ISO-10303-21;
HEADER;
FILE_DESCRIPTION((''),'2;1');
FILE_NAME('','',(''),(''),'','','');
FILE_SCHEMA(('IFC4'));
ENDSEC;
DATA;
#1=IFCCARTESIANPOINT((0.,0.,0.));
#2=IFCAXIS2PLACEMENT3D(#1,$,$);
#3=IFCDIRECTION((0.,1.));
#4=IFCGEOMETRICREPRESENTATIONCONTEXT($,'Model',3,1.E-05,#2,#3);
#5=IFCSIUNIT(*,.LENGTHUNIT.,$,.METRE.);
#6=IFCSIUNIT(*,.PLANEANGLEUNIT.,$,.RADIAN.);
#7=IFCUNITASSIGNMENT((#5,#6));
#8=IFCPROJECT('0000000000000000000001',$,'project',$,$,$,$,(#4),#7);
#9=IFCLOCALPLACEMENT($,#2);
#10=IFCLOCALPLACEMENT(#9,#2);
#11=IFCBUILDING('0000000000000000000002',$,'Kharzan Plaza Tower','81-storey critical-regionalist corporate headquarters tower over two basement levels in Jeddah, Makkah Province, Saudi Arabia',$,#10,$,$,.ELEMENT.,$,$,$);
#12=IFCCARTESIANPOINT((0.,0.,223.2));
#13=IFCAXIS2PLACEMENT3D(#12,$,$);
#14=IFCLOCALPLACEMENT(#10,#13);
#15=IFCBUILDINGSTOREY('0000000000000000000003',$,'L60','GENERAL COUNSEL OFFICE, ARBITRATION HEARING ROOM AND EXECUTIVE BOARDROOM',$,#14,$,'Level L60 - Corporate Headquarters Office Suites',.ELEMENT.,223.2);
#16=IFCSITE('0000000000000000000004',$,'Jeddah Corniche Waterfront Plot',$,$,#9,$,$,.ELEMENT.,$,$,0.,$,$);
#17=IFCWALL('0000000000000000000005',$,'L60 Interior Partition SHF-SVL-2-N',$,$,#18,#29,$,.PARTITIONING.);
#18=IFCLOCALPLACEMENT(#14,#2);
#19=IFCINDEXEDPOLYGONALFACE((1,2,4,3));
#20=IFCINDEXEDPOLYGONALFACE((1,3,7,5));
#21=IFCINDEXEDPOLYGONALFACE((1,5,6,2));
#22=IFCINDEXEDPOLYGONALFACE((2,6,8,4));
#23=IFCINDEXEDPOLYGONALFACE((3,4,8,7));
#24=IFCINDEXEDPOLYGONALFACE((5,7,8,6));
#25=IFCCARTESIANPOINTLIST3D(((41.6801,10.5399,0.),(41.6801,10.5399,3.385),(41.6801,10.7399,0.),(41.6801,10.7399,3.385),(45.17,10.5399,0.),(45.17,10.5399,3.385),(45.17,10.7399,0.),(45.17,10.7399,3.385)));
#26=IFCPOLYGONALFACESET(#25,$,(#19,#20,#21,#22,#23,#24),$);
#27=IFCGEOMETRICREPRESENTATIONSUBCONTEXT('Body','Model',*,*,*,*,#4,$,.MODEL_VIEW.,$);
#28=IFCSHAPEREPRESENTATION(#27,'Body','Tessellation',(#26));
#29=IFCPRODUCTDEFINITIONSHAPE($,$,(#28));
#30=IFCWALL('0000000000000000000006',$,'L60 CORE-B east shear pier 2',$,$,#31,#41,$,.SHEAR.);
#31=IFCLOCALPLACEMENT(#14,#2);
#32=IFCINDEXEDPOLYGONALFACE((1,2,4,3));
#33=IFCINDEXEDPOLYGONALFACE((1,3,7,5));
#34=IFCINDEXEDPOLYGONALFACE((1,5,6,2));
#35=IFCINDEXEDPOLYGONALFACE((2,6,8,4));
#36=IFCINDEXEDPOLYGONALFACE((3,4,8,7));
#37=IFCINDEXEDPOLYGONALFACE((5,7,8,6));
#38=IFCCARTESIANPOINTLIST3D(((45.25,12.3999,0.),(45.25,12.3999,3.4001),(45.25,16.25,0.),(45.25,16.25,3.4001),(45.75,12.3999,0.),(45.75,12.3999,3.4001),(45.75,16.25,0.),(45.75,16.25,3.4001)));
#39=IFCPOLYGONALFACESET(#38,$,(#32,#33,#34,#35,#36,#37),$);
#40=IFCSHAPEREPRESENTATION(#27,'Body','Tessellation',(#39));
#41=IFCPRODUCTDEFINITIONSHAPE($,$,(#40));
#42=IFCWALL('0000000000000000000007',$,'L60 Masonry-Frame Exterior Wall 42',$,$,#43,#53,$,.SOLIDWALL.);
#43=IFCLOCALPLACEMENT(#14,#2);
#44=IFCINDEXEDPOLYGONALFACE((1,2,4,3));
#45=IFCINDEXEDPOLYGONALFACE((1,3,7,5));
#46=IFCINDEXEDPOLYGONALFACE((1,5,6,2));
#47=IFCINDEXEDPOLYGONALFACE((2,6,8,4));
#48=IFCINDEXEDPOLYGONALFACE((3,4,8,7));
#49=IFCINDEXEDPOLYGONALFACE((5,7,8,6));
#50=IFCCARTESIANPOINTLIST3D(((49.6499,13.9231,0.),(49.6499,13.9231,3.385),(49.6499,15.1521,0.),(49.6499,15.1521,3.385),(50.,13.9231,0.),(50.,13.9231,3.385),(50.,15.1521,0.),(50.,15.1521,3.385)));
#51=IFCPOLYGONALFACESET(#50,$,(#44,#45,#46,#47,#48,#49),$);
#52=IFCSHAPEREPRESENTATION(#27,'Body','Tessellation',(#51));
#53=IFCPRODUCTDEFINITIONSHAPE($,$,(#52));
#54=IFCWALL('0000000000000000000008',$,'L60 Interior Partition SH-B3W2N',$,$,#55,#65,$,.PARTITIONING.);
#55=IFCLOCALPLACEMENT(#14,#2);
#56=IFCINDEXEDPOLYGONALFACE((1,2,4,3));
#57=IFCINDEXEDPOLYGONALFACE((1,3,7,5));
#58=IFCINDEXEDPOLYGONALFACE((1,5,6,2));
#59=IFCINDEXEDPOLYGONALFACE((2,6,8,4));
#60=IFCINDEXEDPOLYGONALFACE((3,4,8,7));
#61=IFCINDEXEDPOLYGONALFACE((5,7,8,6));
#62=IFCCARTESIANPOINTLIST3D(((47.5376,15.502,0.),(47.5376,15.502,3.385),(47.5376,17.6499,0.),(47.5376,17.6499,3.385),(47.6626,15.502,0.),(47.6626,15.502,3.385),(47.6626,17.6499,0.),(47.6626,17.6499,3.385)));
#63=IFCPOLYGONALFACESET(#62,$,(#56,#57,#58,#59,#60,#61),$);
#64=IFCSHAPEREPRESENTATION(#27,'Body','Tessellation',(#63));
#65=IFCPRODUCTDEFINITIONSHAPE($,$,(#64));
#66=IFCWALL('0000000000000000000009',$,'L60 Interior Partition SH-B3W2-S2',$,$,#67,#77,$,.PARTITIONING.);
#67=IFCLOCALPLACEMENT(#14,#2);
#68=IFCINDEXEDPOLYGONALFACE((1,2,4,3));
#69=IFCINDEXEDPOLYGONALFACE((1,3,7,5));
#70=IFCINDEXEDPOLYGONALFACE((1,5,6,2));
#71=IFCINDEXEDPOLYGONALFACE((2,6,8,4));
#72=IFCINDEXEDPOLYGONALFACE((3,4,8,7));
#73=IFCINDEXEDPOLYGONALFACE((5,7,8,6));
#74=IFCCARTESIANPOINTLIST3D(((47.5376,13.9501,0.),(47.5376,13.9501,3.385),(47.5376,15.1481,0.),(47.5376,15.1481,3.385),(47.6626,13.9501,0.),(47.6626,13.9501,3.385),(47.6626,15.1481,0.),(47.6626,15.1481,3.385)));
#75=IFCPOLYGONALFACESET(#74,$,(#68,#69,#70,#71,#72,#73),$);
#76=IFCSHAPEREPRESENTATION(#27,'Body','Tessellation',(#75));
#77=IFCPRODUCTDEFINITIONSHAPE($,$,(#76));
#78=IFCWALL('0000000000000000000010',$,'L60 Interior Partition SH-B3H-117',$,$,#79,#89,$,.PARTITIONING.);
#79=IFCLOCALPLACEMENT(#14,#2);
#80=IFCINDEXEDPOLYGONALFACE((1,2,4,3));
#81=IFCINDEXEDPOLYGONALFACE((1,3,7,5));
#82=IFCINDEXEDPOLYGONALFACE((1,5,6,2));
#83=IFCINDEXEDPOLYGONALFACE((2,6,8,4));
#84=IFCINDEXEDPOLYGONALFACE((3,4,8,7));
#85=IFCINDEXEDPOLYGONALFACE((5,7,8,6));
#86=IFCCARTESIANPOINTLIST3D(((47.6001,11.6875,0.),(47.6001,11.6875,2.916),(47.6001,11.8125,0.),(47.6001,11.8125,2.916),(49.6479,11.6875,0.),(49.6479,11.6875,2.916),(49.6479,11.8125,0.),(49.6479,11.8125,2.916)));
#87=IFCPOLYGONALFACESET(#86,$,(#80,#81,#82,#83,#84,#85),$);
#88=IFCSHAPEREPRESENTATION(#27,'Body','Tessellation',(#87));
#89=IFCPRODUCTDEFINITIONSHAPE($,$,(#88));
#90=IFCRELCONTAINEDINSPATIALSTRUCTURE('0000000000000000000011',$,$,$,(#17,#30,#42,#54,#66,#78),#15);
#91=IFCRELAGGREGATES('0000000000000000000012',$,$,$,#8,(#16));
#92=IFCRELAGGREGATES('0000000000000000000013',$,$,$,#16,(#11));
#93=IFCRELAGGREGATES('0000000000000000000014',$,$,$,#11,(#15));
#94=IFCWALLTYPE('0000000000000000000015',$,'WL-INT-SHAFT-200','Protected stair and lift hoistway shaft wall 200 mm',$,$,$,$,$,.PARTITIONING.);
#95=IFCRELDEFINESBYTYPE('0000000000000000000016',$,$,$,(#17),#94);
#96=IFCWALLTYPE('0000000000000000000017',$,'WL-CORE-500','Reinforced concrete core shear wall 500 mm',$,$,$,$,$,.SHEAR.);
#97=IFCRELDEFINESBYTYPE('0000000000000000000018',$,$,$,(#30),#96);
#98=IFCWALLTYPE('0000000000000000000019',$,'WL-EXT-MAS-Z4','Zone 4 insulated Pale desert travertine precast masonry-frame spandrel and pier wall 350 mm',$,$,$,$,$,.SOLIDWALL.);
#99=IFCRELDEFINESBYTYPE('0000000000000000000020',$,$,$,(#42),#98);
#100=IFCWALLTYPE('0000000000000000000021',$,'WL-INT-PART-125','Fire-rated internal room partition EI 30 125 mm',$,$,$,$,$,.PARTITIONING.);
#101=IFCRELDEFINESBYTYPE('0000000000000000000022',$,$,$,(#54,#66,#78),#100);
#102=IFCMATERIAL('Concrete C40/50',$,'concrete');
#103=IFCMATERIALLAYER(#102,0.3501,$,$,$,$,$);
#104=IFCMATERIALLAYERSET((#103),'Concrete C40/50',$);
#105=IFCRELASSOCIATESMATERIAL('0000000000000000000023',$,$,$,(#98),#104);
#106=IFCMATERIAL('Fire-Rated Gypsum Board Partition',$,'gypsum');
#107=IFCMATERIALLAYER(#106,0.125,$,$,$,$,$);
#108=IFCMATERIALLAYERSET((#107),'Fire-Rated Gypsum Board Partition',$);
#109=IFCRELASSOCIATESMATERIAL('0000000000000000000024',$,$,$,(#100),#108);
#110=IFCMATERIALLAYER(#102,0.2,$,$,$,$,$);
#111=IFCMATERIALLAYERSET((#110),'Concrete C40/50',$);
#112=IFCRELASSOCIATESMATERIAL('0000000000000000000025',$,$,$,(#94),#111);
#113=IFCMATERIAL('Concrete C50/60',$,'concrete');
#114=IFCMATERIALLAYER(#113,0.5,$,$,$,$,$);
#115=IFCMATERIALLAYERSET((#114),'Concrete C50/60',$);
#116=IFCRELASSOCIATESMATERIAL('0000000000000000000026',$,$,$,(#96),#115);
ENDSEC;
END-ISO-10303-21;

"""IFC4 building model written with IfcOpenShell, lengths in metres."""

from ifc_helpers import new_model, si_unit, direction, frame, frame_2d, origin, place, context, subcontext, project, spatial, rectangle, extrude, source, transform, mapped, material, layer, layer_set, type_object, element, save


model = new_model("IFC4")

# Units and contexts
model_context = context("Model", 3, precision=1e-05, world=origin(), true_north=direction((0.0, 1.0)))
body_context = subcontext(model_context, "Body", "Model", "MODEL_VIEW")
ifc_project = project(units=[si_unit("LENGTHUNIT", "METRE"), si_unit("PLANEANGLEUNIT", "RADIAN")], contexts=[model_context])

# Site, building, storey
site_placement = place(None, origin())
site = spatial("IfcSite", under=ifc_project, at=site_placement, Name="Jeddah Corniche Waterfront Plot", CompositionType="ELEMENT", RefElevation=0.0)
building_placement = place(site_placement, origin())
building = spatial("IfcBuilding", under=site, at=building_placement, Name="Kharzan Plaza Tower", Description="81-storey critical-regionalist corporate headquarters tower over two basement levels in Jeddah, Makkah Province, Saudi Arabia", CompositionType="ELEMENT")
storey_placement = place(building_placement, frame((0.0, 0.0, 223.2)))
storey = spatial("IfcBuildingStorey", under=building, at=storey_placement, Name="L60", Description="GENERAL COUNSEL OFFICE, ARBITRATION HEARING ROOM AND EXECUTIVE BOARDROOM", LongName="Level L60 - Corporate Headquarters Office Suites", CompositionType="ELEMENT", Elevation=223.2)

# Shared definitions
ifc_material_1 = material(Name="Concrete C50/60", Category="concrete")

# Shared definitions
ifc_material_2 = material(Name="Concrete C40/50", Category="concrete")
ifc_layer_1 = layer(ifc_material_2, 0.3501)
ifc_layer_set_1 = layer_set([ifc_layer_1], Name="Concrete C40/50")
wall_type_1 = type_object("IfcWallType", Name="WL-EXT-MAS-Z4", Description="Zone 4 insulated Pale desert travertine precast masonry-frame spandrel and pier wall 350 mm", PredefinedType="SOLIDWALL", material=ifc_layer_set_1)

# Shared definitions
ifc_material_3 = material(Name="Fire-Rated Gypsum Board Partition", Category="gypsum")
ifc_layer_2 = layer(ifc_material_3, 0.125)
ifc_layer_set_2 = layer_set([ifc_layer_2], Name="Fire-Rated Gypsum Board Partition")
wall_type_2 = type_object("IfcWallType", Name="WL-INT-PART-125", Description="Fire-rated internal room partition EI 30 125 mm", PredefinedType="PARTITIONING", material=ifc_layer_set_2)

# Walls
ifc_layer_3 = layer(ifc_material_2, 0.2)
ifc_layer_set_3 = layer_set([ifc_layer_3], Name="Concrete C40/50")
wall_type_3 = type_object("IfcWallType", Name="WL-INT-SHAFT-200", Description="Protected stair and lift hoistway shaft wall 200 mm", PredefinedType="PARTITIONING", material=ifc_layer_set_3)
shared_shape_1 = source(origin(), body_context, "Body", "SweptSolid", [
    extrude(rectangle(XDim=3.49, YDim=0.2, at=frame_2d((1.7451, 0.0))), origin(), (0.0, 0.0, 1.0), 3.385),
])
wall_1_placement = place(storey_placement, frame((41.6799, 10.6399, 0.0), z_axis=(0.0, 0.0, 1.0), x_axis=(1.0, 0.0, 0.0)))
element("IfcWall", 1, at=wall_1_placement, inside=storey, type_object=wall_type_3, Name="L60 Interior Partition SHF-SVL-2-N", PredefinedType="PARTITIONING", context=body_context, shape_type="MappedRepresentation", body=[
    mapped(shared_shape_1, transform((0.0, 0.0, 0.0), x_axis=(1.0, 0.0, 0.0), y_axis=(0.0, 1.0, 0.0), z_axis=(0.0, 0.0, 1.0))),
])
ifc_layer_4 = layer(ifc_material_1, 0.5)
ifc_layer_set_4 = layer_set([ifc_layer_4], Name="Concrete C50/60")
wall_type_4 = type_object("IfcWallType", Name="WL-CORE-500", Description="Reinforced concrete core shear wall 500 mm", PredefinedType="SHEAR", material=ifc_layer_set_4)
shared_shape_2 = source(origin(), body_context, "Body", "SweptSolid", [
    extrude(rectangle(XDim=3.8501, YDim=0.5, at=frame_2d((1.925, 0.0))), origin(), (0.0, 0.0, 1.0), 3.4001),
])
wall_2_placement = place(storey_placement, frame((45.5, 12.3999, 0.0), z_axis=(0.0, 0.0, 1.0), x_axis=(0.0, 1.0, 0.0)))
element("IfcWall", 2, at=wall_2_placement, inside=storey, type_object=wall_type_4, Name="L60 CORE-B east shear pier 2", PredefinedType="SHEAR", context=body_context, shape_type="MappedRepresentation", body=[
    mapped(shared_shape_2, transform((0.0, 0.0, 0.0), x_axis=(1.0, 0.0, 0.0), y_axis=(0.0, 1.0, 0.0), z_axis=(0.0, 0.0, 1.0))),
])
shared_shape_3 = source(origin(), body_context, "Body", "SweptSolid", [
    extrude(rectangle(XDim=1.229, YDim=0.3501, at=frame_2d((0.6145, 0.0))), origin(), (0.0, 0.0, 1.0), 3.385),
])
wall_3_placement = place(storey_placement, frame((49.825, 13.9231, 0.0), z_axis=(0.0, 0.0, 1.0), x_axis=(0.0, 1.0, 0.0)))
element("IfcWall", 3, at=wall_3_placement, inside=storey, type_object=wall_type_1, Name="L60 Masonry-Frame Exterior Wall 42", PredefinedType="SOLIDWALL", context=body_context, shape_type="MappedRepresentation", body=[
    mapped(shared_shape_3, transform((0.0, 0.0, 0.0), x_axis=(1.0, 0.0, 0.0), y_axis=(0.0, 1.0, 0.0), z_axis=(0.0, 0.0, 1.0))),
])
shared_shape_4 = source(origin(), body_context, "Body", "SweptSolid", [
    extrude(rectangle(XDim=2.1479, YDim=0.125, at=frame_2d((1.074, 0.0))), origin(), (0.0, 0.0, 1.0), 3.385),
])
wall_4_placement = place(storey_placement, frame((47.6001, 15.502, 0.0), z_axis=(0.0, 0.0, 1.0), x_axis=(0.0, 1.0, 0.0)))
element("IfcWall", 4, at=wall_4_placement, inside=storey, type_object=wall_type_2, Name="L60 Interior Partition SH-B3W2N", PredefinedType="PARTITIONING", context=body_context, shape_type="MappedRepresentation", body=[
    mapped(shared_shape_4, transform((0.0, 0.0, 0.0), x_axis=(1.0, 0.0, 0.0), y_axis=(0.0, 1.0, 0.0), z_axis=(0.0, 0.0, 1.0))),
])
shared_shape_5 = source(origin(), body_context, "Body", "SweptSolid", [
    extrude(rectangle(XDim=1.198, YDim=0.125, at=frame_2d((0.5991, 0.0))), origin(), (0.0, 0.0, 1.0), 3.385),
])
wall_5_placement = place(storey_placement, frame((47.6001, 13.95, 0.0), z_axis=(0.0, 0.0, 1.0), x_axis=(0.0, 1.0, 0.0)))
element("IfcWall", 5, at=wall_5_placement, inside=storey, type_object=wall_type_2, Name="L60 Interior Partition SH-B3W2-S2", PredefinedType="PARTITIONING", context=body_context, shape_type="MappedRepresentation", body=[
    mapped(shared_shape_5, transform((0.0, 0.0, 0.0), x_axis=(1.0, 0.0, 0.0), y_axis=(0.0, 1.0, 0.0), z_axis=(0.0, 0.0, 1.0))),
])
shared_shape_6 = source(origin(), body_context, "Body", "SweptSolid", [
    extrude(rectangle(XDim=2.0479, YDim=0.125, at=frame_2d((1.0239, 0.0))), origin(), (0.0, 0.0, 1.0), 2.916),
])
wall_6_placement = place(storey_placement, frame((47.6001, 11.75, 0.0), z_axis=(0.0, 0.0, 1.0), x_axis=(1.0, 0.0, 0.0)))
element("IfcWall", 6, at=wall_6_placement, inside=storey, type_object=wall_type_2, Name="L60 Interior Partition SH-B3H-117", PredefinedType="PARTITIONING", context=body_context, shape_type="MappedRepresentation", body=[
    mapped(shared_shape_6, transform((0.0, 0.0, 0.0), x_axis=(1.0, 0.0, 0.0), y_axis=(0.0, 1.0, 0.0), z_axis=(0.0, 0.0, 1.0))),
])

save(model, "model.ifc")
